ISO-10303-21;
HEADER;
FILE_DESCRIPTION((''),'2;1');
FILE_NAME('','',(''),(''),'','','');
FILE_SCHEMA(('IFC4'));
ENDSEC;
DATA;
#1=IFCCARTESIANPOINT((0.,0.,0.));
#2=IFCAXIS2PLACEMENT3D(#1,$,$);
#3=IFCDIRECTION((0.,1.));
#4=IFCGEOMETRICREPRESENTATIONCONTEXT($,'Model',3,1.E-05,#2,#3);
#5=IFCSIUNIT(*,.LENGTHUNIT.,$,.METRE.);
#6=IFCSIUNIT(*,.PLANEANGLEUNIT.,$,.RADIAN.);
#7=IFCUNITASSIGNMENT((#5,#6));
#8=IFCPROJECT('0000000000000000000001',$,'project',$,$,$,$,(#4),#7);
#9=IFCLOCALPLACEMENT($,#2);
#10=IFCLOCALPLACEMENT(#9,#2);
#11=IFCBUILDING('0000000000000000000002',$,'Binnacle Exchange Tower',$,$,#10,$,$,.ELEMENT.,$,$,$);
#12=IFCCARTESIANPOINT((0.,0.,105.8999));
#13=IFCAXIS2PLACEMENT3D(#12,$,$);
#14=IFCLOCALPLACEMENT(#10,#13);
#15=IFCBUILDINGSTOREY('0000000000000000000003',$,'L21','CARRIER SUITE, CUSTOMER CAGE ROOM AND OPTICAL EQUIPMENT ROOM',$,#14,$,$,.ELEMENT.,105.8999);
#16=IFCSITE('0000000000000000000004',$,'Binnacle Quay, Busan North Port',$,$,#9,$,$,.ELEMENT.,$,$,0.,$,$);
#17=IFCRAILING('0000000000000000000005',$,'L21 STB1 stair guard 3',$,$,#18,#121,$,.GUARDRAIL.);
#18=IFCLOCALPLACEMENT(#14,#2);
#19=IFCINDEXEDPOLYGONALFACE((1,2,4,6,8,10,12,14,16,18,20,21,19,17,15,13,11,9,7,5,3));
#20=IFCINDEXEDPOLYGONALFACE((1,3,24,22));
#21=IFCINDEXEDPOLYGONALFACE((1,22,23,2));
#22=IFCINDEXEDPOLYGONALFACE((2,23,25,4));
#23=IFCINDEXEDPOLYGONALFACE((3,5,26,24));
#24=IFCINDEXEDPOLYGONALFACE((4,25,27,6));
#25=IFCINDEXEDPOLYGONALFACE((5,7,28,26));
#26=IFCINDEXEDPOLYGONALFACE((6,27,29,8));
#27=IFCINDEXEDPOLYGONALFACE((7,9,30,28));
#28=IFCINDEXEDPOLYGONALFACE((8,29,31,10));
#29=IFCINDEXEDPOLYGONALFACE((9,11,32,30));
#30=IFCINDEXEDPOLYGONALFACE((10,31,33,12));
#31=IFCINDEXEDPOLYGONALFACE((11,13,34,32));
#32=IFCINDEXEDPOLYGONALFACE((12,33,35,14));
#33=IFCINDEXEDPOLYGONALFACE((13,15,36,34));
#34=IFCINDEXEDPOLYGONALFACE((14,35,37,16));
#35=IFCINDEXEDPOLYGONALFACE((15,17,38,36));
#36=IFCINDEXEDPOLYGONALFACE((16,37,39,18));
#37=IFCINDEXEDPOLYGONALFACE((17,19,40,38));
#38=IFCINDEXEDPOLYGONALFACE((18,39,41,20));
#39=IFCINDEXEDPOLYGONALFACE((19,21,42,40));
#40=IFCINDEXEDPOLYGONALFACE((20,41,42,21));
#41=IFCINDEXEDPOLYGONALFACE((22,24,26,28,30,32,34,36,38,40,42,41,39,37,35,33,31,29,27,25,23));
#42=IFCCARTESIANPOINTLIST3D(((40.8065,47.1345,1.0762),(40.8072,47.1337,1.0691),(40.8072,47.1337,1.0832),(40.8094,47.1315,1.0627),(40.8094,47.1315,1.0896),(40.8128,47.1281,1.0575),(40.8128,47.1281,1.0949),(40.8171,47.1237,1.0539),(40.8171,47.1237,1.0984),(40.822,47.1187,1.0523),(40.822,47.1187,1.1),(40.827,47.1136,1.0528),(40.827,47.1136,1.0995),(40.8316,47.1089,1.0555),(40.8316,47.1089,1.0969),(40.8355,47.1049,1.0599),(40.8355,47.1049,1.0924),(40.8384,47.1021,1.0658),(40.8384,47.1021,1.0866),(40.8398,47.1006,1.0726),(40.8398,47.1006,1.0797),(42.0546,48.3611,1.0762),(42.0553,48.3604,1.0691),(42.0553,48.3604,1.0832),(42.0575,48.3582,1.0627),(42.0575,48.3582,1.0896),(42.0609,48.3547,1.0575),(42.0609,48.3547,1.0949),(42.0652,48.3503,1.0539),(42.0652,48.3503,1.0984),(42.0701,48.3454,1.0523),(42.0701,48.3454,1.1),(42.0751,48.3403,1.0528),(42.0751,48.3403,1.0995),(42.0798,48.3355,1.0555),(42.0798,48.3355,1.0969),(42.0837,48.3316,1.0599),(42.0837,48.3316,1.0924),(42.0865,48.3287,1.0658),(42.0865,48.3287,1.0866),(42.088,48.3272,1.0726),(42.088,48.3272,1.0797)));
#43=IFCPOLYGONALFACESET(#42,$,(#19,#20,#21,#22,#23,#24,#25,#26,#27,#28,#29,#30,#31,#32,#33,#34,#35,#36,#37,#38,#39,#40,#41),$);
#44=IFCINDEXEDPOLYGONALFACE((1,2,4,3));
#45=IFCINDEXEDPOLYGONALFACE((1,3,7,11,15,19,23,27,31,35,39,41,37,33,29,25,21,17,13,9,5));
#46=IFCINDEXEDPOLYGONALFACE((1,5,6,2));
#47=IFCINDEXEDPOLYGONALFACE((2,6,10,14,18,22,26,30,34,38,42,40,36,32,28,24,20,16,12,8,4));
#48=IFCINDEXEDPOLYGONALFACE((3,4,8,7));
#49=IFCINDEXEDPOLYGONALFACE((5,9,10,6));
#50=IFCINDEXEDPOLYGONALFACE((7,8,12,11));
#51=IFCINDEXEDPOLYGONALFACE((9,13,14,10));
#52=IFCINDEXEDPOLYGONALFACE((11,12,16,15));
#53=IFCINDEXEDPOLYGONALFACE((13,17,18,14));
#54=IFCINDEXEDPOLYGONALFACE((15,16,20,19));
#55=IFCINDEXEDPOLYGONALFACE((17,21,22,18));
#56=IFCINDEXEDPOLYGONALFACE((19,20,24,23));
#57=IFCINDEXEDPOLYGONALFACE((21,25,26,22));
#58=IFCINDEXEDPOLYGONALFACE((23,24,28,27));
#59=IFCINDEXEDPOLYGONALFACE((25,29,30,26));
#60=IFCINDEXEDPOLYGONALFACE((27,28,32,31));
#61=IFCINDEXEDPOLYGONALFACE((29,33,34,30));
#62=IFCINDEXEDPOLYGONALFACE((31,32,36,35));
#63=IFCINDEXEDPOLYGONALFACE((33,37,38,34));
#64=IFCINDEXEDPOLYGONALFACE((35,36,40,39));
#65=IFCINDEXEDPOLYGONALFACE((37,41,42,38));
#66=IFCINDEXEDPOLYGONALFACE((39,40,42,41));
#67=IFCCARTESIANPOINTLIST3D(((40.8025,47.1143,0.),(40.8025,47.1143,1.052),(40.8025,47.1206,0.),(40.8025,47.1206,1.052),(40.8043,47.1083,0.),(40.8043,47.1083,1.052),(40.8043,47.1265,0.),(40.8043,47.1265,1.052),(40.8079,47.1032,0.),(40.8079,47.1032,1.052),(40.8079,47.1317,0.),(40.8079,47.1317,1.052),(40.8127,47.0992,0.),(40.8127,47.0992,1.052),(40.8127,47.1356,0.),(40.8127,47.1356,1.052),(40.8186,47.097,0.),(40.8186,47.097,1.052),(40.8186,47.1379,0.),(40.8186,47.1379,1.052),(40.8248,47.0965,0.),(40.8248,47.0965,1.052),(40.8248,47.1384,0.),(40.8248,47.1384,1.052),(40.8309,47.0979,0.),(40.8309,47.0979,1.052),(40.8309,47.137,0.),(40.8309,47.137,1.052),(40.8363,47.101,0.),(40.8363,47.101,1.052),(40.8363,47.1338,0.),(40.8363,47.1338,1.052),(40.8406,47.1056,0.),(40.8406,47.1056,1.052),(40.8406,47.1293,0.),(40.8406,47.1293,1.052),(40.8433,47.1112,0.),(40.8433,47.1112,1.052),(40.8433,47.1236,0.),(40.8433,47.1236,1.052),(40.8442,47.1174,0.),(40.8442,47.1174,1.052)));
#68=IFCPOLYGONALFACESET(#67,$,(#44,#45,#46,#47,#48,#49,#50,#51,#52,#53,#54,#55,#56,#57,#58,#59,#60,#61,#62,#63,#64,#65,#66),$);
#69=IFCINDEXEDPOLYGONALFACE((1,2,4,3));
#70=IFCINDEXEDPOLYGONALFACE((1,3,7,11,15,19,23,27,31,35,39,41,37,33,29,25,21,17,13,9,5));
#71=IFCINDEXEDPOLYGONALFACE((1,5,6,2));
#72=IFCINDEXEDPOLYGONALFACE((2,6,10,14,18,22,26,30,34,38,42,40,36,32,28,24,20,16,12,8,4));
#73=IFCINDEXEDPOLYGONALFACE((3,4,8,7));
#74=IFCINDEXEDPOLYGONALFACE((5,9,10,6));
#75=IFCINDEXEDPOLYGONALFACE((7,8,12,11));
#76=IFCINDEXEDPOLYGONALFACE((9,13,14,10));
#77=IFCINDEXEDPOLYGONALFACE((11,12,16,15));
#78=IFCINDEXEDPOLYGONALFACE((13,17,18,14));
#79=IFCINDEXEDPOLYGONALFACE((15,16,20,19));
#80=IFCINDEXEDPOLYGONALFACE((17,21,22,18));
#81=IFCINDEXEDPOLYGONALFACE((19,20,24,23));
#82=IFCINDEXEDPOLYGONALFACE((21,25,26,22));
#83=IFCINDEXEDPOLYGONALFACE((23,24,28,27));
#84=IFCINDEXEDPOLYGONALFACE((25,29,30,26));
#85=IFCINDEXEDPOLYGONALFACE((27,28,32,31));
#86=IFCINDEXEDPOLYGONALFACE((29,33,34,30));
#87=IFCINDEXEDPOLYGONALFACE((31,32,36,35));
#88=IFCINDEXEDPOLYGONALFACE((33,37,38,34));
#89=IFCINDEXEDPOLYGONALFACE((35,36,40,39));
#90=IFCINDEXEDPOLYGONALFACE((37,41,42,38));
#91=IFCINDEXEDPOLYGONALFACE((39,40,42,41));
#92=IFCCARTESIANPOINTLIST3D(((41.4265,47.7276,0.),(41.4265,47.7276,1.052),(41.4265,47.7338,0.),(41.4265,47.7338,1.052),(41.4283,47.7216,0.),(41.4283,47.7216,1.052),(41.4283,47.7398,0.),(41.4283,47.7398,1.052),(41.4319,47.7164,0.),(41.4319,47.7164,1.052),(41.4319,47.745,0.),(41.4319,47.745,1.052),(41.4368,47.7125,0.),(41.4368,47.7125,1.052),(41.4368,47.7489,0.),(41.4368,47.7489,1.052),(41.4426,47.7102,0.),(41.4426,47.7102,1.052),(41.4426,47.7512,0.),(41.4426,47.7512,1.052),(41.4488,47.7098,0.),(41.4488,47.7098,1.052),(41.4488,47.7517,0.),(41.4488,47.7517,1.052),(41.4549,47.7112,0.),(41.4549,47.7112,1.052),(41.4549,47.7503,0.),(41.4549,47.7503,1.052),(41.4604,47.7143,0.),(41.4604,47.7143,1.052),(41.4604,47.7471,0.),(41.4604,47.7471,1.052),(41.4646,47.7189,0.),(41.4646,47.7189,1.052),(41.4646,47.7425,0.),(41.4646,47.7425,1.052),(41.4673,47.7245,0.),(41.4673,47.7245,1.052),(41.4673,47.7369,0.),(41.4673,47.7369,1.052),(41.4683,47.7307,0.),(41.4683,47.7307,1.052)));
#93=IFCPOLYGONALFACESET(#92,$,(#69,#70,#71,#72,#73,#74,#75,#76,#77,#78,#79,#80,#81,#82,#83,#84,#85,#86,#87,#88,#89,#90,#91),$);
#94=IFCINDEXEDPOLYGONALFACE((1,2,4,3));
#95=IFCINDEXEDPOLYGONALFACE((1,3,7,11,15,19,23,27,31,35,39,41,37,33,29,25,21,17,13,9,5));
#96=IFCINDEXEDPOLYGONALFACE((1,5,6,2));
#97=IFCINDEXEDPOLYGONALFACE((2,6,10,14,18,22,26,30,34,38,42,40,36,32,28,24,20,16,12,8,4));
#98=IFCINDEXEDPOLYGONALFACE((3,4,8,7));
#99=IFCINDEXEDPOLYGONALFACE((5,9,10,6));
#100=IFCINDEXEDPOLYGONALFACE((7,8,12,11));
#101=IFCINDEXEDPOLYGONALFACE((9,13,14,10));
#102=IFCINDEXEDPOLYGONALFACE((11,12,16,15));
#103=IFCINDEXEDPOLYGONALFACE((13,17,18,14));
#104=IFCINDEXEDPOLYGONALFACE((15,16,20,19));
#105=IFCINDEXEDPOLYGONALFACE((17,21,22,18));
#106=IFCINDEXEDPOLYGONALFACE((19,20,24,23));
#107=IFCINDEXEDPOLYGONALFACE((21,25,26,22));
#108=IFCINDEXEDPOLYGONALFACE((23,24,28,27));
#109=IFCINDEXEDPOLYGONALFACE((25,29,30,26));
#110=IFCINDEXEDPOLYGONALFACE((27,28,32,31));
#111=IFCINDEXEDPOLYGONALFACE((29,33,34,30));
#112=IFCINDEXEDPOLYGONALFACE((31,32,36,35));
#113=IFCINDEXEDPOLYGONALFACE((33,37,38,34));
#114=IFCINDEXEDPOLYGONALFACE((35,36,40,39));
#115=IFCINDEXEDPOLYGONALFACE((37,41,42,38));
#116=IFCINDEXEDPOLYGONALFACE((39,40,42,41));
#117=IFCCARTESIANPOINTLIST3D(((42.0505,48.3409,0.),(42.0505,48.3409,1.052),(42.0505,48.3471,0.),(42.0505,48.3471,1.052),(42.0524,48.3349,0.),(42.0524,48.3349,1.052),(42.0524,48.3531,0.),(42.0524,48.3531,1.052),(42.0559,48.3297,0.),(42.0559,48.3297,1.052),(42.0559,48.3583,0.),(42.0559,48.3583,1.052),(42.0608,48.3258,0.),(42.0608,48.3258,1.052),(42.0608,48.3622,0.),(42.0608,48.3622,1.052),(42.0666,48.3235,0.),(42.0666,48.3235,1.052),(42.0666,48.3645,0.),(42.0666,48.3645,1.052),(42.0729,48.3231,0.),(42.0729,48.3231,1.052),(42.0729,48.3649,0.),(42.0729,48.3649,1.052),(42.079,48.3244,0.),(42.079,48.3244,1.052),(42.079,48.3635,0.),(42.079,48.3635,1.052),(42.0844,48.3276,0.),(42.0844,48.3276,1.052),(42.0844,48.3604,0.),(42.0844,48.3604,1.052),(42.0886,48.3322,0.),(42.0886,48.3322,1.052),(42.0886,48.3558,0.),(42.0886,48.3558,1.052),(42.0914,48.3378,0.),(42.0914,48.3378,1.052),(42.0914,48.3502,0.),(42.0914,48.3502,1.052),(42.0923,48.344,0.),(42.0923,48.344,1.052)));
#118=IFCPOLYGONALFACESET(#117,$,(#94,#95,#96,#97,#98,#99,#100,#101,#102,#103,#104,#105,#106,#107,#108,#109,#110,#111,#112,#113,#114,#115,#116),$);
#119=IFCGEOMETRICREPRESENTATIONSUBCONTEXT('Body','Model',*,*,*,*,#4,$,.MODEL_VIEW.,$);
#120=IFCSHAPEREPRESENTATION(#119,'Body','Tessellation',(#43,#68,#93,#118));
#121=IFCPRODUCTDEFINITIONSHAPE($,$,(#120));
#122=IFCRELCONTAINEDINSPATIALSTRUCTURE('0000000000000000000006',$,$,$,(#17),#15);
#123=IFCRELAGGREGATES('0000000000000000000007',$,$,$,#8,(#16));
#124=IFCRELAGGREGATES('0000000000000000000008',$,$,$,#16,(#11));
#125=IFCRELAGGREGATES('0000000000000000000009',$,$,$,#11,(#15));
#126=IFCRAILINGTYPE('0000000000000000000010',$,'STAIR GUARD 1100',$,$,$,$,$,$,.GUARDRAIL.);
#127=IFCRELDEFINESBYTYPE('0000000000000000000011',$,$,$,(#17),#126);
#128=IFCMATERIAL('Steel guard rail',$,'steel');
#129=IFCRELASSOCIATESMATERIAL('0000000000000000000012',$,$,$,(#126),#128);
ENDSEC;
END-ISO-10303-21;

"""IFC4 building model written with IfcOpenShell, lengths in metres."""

from ifc_helpers import new_model, si_unit, direction, frame, origin, origin_2d, place, context, subcontext, project, spatial, circle, extrude, material, type_object, element, save


model = new_model("IFC4")

# Units and contexts
model_context = context("Model", 3, precision=1e-05, world=origin(), true_north=direction((0.0, 1.0)))
body_context = subcontext(model_context, "Body", "Model", "MODEL_VIEW")
ifc_project = project(units=[si_unit("LENGTHUNIT", "METRE"), si_unit("PLANEANGLEUNIT", "RADIAN")], contexts=[model_context])

# Site, building, storey
site_placement = place(None, origin())
site = spatial("IfcSite", under=ifc_project, at=site_placement, Name="Binnacle Quay, Busan North Port", CompositionType="ELEMENT", RefElevation=0.0)
building_placement = place(site_placement, origin())
building = spatial("IfcBuilding", under=site, at=building_placement, Name="Binnacle Exchange Tower", CompositionType="ELEMENT")
storey_placement = place(building_placement, frame((0.0, 0.0, 105.8999)))
storey = spatial("IfcBuildingStorey", under=building, at=storey_placement, Name="L21", Description="CARRIER SUITE, CUSTOMER CAGE ROOM AND OPTICAL EQUIPMENT ROOM", CompositionType="ELEMENT", Elevation=105.8999)

# Railing
ifc_material_1 = material(Name="Steel guard rail", Category="steel")
railing_type_1 = type_object("IfcRailingType", Name="STAIR GUARD 1100", PredefinedType="GUARDRAIL", material=ifc_material_1)
railing_1_placement = place(storey_placement, frame((40.8232, 47.1174, 0.0)))
element("IfcRailing", 1, at=railing_1_placement, inside=storey, type_object=railing_type_1, Name="L21 STB1 stair guard 3", PredefinedType="GUARDRAIL", context=body_context, shape_type="SweptSolid", body=[
    extrude(circle(Radius=0.0239, at=origin_2d()), frame((0.0, 0.0, 1.0762), z_axis=(0.713219, 0.700941, 0.0), x_axis=(-0.700941, 0.713219, 0.0)), (0.0, 0.0, 1.0), 1.75),
    extrude(circle(Radius=0.021, at=origin_2d()), origin(), (0.0, 0.0, 1.0), 1.052),
    extrude(circle(Radius=0.021, at=origin_2d()), frame((0.624, 0.6133, 0.0)), (0.0, 0.0, 1.0), 1.052),
    extrude(circle(Radius=0.021, at=origin_2d()), frame((1.248, 1.2266, 0.0)), (0.0, 0.0, 1.0), 1.052),
])

save(model, "model.ifc")
